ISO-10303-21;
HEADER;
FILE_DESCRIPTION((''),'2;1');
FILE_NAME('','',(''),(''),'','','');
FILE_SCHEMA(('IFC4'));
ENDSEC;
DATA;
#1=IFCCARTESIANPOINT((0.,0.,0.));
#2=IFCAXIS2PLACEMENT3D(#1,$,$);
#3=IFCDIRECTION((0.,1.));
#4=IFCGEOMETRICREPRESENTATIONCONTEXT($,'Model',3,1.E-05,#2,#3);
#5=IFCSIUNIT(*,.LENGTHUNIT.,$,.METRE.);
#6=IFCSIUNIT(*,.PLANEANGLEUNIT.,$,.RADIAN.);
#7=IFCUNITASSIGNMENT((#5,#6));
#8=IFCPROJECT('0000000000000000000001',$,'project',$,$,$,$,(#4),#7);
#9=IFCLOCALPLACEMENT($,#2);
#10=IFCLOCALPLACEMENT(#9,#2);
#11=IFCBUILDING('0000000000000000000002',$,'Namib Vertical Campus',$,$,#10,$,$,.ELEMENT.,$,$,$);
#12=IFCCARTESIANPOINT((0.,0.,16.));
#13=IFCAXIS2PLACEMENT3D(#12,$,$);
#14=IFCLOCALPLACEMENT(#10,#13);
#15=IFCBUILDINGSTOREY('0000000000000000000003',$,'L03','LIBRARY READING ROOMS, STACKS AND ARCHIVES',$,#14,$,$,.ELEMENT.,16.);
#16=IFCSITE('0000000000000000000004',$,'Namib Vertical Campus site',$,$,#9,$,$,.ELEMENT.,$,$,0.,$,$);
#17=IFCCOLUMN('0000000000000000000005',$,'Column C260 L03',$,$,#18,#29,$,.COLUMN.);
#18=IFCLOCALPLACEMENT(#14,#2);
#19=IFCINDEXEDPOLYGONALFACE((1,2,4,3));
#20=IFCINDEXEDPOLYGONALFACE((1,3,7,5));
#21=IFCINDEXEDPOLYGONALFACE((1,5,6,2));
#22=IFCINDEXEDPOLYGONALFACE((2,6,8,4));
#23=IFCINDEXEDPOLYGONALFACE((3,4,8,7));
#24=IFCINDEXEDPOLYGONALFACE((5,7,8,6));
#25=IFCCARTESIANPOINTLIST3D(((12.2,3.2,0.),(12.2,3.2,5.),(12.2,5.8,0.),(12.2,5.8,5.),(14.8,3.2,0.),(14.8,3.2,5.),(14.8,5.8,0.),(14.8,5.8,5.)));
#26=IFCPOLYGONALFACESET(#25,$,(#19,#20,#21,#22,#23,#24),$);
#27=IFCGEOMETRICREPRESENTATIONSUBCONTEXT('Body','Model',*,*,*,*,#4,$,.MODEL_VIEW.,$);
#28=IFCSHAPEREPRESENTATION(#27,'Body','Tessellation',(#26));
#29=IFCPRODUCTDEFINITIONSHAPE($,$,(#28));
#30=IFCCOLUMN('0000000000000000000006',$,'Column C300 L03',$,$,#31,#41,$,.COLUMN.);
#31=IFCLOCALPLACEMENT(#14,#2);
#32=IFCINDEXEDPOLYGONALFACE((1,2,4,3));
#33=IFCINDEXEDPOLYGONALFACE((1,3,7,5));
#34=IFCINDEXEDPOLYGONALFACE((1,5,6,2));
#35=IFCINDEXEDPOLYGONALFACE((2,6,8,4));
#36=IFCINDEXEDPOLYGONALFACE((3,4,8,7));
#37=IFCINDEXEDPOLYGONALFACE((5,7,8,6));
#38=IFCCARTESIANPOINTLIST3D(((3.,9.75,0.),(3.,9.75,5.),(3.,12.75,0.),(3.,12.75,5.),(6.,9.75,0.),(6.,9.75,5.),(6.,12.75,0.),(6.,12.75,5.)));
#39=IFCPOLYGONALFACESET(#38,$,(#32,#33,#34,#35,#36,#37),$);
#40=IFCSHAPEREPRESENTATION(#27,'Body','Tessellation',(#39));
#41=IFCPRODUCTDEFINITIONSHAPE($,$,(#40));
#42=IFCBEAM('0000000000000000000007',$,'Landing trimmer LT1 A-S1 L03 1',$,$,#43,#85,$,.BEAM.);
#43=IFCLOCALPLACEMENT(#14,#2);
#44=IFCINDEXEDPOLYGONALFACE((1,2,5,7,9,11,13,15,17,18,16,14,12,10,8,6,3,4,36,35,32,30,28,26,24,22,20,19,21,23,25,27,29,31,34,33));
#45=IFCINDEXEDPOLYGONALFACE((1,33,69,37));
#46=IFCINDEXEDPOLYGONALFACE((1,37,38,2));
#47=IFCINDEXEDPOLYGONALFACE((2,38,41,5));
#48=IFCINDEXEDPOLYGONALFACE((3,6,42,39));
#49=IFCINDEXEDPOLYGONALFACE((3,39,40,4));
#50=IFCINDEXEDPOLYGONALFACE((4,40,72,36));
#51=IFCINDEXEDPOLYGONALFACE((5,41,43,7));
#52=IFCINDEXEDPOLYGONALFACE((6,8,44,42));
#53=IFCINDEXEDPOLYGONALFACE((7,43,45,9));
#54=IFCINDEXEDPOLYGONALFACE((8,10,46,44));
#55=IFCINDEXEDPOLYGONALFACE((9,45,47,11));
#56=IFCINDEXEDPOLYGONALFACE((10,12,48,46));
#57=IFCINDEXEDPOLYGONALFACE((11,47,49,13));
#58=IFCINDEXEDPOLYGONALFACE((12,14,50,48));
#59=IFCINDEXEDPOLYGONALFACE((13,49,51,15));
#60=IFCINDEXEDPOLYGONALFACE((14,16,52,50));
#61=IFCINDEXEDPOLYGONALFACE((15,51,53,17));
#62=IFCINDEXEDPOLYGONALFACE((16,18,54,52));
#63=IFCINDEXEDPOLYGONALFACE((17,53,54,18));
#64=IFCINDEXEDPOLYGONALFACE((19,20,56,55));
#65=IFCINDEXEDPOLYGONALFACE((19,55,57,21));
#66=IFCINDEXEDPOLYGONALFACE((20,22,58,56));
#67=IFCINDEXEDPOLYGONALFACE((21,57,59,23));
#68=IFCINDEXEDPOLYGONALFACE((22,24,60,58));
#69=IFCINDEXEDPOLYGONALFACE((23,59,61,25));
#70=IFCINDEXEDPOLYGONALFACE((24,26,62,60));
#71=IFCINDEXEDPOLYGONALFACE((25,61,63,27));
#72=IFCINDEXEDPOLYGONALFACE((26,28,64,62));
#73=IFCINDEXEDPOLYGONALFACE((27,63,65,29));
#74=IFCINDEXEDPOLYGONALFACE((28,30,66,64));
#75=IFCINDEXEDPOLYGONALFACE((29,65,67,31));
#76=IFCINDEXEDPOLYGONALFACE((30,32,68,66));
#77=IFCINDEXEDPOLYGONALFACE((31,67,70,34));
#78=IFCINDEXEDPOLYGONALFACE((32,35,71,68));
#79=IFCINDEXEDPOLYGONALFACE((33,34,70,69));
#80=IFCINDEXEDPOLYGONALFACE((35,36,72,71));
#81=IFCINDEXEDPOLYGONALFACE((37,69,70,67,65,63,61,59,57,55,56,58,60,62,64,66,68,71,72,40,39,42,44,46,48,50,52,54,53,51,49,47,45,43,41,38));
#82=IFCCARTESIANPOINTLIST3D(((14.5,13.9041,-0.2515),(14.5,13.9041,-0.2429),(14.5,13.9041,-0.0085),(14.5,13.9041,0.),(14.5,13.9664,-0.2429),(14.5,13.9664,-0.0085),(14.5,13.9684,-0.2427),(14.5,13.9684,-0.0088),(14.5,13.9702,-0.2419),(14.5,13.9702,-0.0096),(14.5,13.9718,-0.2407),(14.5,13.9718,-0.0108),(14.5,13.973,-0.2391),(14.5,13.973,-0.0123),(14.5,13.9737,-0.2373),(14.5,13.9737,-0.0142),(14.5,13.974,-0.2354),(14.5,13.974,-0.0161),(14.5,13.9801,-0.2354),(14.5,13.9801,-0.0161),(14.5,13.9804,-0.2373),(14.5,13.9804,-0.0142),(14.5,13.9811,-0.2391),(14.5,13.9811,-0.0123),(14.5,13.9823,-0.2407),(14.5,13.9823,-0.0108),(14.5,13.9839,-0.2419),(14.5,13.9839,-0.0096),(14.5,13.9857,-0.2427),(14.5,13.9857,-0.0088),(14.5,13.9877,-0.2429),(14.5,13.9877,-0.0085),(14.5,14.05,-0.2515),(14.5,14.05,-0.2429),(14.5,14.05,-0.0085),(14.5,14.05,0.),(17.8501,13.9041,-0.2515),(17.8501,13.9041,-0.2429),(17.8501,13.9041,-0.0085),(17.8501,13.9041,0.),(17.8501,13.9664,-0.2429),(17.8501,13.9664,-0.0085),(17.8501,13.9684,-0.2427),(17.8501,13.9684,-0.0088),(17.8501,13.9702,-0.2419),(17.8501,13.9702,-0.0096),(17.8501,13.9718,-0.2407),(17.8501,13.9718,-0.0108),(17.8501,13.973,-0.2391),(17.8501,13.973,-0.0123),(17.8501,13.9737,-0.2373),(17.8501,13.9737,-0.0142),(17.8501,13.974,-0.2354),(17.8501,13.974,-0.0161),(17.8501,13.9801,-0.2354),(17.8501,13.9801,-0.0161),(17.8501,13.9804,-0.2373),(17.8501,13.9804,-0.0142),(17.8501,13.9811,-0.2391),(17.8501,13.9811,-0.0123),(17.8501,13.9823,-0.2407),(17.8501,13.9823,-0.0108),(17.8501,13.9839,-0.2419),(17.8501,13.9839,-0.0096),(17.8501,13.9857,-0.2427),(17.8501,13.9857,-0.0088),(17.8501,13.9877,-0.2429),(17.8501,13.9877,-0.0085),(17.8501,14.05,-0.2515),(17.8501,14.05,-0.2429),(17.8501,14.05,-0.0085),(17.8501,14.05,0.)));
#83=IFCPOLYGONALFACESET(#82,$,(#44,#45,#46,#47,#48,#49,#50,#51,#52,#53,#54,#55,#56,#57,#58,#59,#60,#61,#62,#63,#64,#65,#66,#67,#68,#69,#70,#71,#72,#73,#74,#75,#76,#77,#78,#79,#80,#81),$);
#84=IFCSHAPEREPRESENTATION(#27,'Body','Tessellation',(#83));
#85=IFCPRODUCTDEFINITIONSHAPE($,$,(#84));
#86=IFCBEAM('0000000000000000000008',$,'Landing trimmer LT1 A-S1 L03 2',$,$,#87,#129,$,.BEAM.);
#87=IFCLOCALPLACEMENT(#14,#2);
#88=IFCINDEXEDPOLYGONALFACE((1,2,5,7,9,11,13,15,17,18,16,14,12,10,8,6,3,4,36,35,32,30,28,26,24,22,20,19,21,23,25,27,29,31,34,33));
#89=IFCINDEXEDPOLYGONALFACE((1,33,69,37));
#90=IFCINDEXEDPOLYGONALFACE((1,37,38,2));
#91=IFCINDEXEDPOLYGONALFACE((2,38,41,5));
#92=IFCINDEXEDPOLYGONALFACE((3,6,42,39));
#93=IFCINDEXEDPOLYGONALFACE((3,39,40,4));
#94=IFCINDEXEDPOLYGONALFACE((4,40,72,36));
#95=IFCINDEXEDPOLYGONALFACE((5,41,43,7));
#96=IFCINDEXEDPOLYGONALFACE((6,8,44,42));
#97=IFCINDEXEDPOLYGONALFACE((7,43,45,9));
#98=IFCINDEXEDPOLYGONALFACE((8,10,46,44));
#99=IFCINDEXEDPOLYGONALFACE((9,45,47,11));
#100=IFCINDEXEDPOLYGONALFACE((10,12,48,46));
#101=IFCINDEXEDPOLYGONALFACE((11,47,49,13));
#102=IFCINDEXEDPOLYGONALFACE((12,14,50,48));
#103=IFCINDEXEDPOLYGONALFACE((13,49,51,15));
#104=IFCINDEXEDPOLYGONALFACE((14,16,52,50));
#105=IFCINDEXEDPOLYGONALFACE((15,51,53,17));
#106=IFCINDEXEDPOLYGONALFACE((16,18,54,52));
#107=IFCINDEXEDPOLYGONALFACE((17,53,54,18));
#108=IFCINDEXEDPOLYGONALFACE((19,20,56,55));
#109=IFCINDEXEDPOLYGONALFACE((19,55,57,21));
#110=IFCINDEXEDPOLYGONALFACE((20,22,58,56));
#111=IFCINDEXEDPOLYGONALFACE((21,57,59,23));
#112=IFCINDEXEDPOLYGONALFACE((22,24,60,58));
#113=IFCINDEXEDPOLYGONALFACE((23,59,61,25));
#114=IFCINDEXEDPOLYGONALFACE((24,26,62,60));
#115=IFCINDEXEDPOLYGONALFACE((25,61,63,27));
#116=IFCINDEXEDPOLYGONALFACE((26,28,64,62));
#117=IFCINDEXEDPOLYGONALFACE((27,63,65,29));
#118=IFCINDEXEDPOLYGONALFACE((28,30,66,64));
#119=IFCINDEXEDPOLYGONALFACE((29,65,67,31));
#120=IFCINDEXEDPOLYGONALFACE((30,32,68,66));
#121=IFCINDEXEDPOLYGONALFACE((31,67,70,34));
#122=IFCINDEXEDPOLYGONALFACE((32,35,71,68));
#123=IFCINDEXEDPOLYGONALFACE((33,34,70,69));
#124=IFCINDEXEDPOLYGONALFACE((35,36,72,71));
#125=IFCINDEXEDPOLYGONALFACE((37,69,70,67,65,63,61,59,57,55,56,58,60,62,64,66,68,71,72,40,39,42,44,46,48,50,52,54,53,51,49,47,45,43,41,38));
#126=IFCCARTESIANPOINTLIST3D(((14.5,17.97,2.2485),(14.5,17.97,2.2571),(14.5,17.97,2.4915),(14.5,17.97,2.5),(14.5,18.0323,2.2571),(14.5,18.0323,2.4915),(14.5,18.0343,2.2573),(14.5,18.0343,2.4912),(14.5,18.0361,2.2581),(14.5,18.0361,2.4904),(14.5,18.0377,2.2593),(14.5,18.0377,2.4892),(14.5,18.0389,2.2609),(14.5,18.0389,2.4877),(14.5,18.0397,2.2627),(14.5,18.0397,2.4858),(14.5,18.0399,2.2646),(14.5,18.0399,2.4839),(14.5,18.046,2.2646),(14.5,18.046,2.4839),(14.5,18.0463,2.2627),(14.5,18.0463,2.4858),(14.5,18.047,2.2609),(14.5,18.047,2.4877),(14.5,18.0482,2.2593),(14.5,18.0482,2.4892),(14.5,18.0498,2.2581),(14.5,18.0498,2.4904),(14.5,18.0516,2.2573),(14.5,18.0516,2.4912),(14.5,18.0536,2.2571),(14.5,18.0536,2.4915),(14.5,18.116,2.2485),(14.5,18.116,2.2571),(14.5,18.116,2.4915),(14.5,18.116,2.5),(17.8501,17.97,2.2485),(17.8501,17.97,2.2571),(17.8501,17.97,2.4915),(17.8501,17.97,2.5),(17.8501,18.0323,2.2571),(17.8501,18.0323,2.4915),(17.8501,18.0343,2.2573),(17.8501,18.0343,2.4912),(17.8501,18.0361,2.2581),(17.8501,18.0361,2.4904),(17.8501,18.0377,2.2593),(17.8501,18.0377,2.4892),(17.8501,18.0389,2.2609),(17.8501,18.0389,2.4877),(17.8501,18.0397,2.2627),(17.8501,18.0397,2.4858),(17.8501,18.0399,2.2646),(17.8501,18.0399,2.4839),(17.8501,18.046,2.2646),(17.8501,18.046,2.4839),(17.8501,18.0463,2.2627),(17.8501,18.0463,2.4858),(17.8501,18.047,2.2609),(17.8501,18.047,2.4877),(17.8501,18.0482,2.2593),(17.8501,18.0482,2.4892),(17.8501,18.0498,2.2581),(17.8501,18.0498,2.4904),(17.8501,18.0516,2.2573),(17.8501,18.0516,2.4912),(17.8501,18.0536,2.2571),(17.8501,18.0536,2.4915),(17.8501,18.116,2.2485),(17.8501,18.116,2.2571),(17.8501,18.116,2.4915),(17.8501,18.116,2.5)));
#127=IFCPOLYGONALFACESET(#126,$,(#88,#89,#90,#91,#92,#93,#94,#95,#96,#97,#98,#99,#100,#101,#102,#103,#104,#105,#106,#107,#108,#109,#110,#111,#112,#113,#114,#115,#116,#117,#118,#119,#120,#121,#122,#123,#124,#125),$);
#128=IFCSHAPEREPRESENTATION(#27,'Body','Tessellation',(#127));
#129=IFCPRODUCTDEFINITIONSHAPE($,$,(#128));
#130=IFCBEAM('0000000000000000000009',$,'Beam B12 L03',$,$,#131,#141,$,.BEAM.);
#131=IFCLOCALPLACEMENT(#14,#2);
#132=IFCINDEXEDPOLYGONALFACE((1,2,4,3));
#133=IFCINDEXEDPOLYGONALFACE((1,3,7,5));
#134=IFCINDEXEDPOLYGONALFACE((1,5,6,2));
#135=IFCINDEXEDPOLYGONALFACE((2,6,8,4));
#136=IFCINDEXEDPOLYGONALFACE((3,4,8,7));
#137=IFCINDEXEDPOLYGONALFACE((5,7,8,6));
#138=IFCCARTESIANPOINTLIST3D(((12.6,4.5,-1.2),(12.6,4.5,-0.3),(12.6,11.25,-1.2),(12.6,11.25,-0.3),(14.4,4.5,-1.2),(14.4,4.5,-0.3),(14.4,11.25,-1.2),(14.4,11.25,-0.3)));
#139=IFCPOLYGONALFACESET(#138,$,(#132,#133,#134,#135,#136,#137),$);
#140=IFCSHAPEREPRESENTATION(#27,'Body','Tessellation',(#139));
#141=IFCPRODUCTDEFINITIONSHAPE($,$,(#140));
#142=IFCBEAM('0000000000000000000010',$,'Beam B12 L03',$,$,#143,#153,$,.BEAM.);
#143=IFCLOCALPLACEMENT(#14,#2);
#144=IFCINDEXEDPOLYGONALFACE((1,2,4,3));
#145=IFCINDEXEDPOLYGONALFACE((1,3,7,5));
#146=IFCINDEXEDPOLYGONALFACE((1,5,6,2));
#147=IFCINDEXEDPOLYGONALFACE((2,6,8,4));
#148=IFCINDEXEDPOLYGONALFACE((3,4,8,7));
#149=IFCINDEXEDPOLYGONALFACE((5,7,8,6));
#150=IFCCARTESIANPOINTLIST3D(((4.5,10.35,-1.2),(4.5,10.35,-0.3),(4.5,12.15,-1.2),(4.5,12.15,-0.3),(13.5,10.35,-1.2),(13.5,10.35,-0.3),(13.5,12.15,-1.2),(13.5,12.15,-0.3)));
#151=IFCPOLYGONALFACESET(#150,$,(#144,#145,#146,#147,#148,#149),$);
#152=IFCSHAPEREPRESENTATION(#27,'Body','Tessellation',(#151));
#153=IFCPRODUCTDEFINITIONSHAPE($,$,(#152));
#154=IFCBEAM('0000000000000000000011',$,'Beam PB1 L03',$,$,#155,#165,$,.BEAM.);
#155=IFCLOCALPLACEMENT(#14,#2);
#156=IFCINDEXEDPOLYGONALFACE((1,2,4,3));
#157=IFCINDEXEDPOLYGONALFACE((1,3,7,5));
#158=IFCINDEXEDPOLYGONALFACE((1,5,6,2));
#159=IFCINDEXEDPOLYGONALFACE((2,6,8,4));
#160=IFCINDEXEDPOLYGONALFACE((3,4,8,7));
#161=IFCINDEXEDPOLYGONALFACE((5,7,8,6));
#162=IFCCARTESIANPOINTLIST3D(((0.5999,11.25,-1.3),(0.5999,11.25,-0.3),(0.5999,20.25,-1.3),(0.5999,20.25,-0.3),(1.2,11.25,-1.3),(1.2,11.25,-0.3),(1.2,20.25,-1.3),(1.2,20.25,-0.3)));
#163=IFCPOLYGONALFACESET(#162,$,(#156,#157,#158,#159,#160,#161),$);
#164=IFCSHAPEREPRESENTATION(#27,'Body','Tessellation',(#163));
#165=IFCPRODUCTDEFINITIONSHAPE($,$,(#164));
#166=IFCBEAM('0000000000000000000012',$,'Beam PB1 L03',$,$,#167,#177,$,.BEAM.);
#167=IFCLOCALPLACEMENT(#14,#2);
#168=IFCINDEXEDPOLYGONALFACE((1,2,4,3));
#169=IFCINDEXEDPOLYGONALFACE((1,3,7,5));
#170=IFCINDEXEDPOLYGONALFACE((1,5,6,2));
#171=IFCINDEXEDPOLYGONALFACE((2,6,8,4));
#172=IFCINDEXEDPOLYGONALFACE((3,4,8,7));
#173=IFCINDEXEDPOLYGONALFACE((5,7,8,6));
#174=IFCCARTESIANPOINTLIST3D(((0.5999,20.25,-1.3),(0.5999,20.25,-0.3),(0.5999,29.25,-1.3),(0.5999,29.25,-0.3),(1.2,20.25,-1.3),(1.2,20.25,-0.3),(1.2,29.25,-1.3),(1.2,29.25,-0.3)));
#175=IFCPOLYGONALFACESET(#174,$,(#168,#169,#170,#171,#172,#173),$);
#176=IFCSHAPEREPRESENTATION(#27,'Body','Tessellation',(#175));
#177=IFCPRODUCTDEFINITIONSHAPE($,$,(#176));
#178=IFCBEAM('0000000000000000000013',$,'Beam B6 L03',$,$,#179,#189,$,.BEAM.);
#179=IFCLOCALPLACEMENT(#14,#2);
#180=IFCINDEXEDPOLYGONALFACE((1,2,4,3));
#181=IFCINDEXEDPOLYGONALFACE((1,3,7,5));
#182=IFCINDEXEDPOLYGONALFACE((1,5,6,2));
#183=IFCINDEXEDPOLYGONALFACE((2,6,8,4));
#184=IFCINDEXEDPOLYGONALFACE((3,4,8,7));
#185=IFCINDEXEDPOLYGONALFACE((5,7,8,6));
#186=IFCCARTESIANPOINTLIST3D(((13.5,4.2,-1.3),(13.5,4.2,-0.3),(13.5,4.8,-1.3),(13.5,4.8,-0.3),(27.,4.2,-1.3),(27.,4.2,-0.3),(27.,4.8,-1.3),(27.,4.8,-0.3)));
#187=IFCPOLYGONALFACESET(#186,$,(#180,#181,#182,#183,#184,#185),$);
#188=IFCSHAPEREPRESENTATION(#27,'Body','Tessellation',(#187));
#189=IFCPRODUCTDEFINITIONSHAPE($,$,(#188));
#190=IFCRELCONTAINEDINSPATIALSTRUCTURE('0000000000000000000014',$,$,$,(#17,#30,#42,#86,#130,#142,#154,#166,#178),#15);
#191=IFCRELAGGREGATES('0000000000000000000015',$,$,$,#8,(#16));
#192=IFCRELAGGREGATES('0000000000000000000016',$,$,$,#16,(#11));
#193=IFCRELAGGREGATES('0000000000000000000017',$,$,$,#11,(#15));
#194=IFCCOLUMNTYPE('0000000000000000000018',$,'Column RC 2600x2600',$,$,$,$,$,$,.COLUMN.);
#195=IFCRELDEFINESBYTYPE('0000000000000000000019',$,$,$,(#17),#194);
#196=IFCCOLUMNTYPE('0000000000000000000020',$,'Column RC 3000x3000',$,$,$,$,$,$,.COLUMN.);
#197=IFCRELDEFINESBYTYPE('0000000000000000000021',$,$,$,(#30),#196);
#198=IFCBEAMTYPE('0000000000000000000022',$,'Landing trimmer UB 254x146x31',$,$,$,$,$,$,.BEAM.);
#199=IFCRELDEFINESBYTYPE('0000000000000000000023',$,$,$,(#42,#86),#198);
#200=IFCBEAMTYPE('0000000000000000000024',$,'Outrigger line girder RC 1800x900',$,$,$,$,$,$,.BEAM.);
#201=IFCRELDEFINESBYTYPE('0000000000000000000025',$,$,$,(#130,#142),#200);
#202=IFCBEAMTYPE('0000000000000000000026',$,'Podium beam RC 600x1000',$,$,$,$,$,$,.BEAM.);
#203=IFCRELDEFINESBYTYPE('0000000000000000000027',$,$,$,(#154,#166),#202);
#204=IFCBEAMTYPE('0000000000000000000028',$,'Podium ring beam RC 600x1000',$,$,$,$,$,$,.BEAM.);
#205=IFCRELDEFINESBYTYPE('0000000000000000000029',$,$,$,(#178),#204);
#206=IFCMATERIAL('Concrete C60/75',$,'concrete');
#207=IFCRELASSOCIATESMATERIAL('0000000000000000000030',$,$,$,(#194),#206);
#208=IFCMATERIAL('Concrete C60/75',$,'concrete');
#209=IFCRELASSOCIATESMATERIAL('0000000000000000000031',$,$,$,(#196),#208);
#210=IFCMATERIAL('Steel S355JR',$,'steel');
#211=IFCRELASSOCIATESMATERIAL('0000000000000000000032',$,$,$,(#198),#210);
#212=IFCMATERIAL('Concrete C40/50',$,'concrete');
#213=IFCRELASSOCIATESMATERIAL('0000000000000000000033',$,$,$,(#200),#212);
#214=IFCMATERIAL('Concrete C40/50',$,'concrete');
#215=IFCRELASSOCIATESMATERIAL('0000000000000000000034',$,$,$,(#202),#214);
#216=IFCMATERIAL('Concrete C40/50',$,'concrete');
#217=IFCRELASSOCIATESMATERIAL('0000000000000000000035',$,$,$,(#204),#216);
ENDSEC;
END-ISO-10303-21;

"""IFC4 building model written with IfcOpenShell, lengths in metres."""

from ifc_helpers import new_model, si_unit, direction, frame, origin, origin_2d, place, context, subcontext, project, spatial, rectangle, i_section, extrude, material, material_profile, profile_set, type_object, element, save


model = new_model("IFC4")

# Units and contexts
model_context = context("Model", 3, precision=1e-05, world=origin(), true_north=direction((0.0, 1.0)))
body_context = subcontext(model_context, "Body", "Model", "MODEL_VIEW")
ifc_project = project(units=[si_unit("LENGTHUNIT", "METRE"), si_unit("PLANEANGLEUNIT", "RADIAN")], contexts=[model_context])

# Site, building, storey
site_placement = place(None, origin())
site = spatial("IfcSite", under=ifc_project, at=site_placement, Name="Namib Vertical Campus site", CompositionType="ELEMENT", RefElevation=0.0)
building_placement = place(site_placement, origin())
building = spatial("IfcBuilding", under=site, at=building_placement, Name="Namib Vertical Campus", CompositionType="ELEMENT")
storey_placement = place(building_placement, frame((0.0, 0.0, 16.0)))
storey = spatial("IfcBuildingStorey", under=building, at=storey_placement, Name="L03", Description="LIBRARY READING ROOMS, STACKS AND ARCHIVES", CompositionType="ELEMENT", Elevation=16.0)

# Columns
ifc_material_1 = material(Name="Concrete C60/75", Category="concrete")
ifc_material_profile_1 = material_profile(ifc_material_1, rectangle(XDim=2.6001, YDim=2.6001, at=origin_2d()))
ifc_profile_set_1 = profile_set([ifc_material_profile_1], Name="Concrete C60/75")
column_type_1 = type_object("IfcColumnType", Name="Column RC 2600x2600", PredefinedType="COLUMN", material=ifc_profile_set_1)
column_1_placement = place(storey_placement, frame((13.5, 4.5, 0.0), z_axis=(0.0, 0.0, 1.0), x_axis=(1.0, 0.0, 0.0)))
element("IfcColumn", 1, at=column_1_placement, inside=storey, type_object=column_type_1, Name="Column C260 L03", PredefinedType="COLUMN", context=body_context, shape_type="SweptSolid", body=[
    extrude(rectangle(XDim=2.6001, YDim=2.6001, at=origin_2d()), origin(), (0.0, 0.0, 1.0), 5.0),
])
ifc_material_2 = material(Name="Concrete C60/75", Category="concrete")
ifc_material_profile_2 = material_profile(ifc_material_2, rectangle(XDim=3.0, YDim=3.0, at=origin_2d()))
ifc_profile_set_2 = profile_set([ifc_material_profile_2], Name="Concrete C60/75")
column_type_2 = type_object("IfcColumnType", Name="Column RC 3000x3000", PredefinedType="COLUMN", material=ifc_profile_set_2)
column_2_placement = place(storey_placement, frame((4.5, 11.25, 0.0), z_axis=(0.0, 0.0, 1.0), x_axis=(1.0, 0.0, 0.0)))
element("IfcColumn", 2, at=column_2_placement, inside=storey, type_object=column_type_2, Name="Column C300 L03", PredefinedType="COLUMN", context=body_context, shape_type="SweptSolid", body=[
    extrude(rectangle(XDim=3.0, YDim=3.0, at=origin_2d()), origin(), (0.0, 0.0, 1.0), 5.0),
])

# Beams
ifc_material_3 = material(Name="Steel S355JR", Category="steel")
ifc_material_profile_3 = material_profile(ifc_material_3, i_section(OverallWidth=0.146, OverallDepth=0.2515, WebThickness=0.0061, FlangeThickness=0.0085, FilletRadius=0.0076, at=origin_2d()))
ifc_profile_set_3 = profile_set([ifc_material_profile_3], Name="Steel S355JR")
beam_type_1 = type_object("IfcBeamType", Name="Landing trimmer UB 254x146x31", PredefinedType="BEAM", material=ifc_profile_set_3)
for number, where, z_axis, x_axis, name in (
    (3, (14.5, 13.9771, -0.1257), (1.0, 0.0, 0.0), (0.0, 1.0, 0.0), "Landing trimmer LT1 A-S1 L03 1"),
    (4, (14.5, 18.043, 2.3743), (1.0, 0.0, 0.0), (0.0, 1.0, 0.0), "Landing trimmer LT1 A-S1 L03 2"),
):
    element("IfcBeam", number, at=place(storey_placement, frame(where, z_axis=z_axis, x_axis=x_axis)), inside=storey, type_object=beam_type_1, Name=name, PredefinedType="BEAM", context=body_context, shape_type="SweptSolid", body=[
        extrude(i_section(OverallWidth=0.146, OverallDepth=0.2515, WebThickness=0.0061, FlangeThickness=0.0085, FilletRadius=0.0076, at=origin_2d()), origin(), (0.0, 0.0, 1.0), 3.3501),
    ])
ifc_material_4 = material(Name="Concrete C40/50", Category="concrete")
ifc_material_profile_4 = material_profile(ifc_material_4, rectangle(XDim=1.8, YDim=0.8999, at=origin_2d()))
ifc_profile_set_4 = profile_set([ifc_material_profile_4], Name="Concrete C40/50")
beam_type_2 = type_object("IfcBeamType", Name="Outrigger line girder RC 1800x900", PredefinedType="BEAM", material=ifc_profile_set_4)
beam_1_placement = place(storey_placement, frame((13.5, 4.5, -0.75), z_axis=(0.0, 1.0, 0.0), x_axis=(-1.0, 0.0, 0.0)))
element("IfcBeam", 5, at=beam_1_placement, inside=storey, type_object=beam_type_2, Name="Beam B12 L03", PredefinedType="BEAM", context=body_context, shape_type="SweptSolid", body=[
    extrude(rectangle(XDim=1.8, YDim=0.8999, at=origin_2d()), origin(), (0.0, 0.0, 1.0), 6.75),
])
beam_2_placement = place(storey_placement, frame((4.5, 11.25, -0.75), z_axis=(1.0, 0.0, 0.0), x_axis=(0.0, 1.0, 0.0)))
element("IfcBeam", 6, at=beam_2_placement, inside=storey, type_object=beam_type_2, Name="Beam B12 L03", PredefinedType="BEAM", context=body_context, shape_type="SweptSolid", body=[
    extrude(rectangle(XDim=1.8, YDim=0.8999, at=origin_2d()), origin(), (0.0, 0.0, 1.0), 9.0),
])
ifc_material_5 = material(Name="Concrete C40/50", Category="concrete")
ifc_material_profile_5 = material_profile(ifc_material_5, rectangle(XDim=0.6001, YDim=1.0, at=origin_2d()))
ifc_profile_set_5 = profile_set([ifc_material_profile_5], Name="Concrete C40/50")
beam_type_3 = type_object("IfcBeamType", Name="Podium beam RC 600x1000", PredefinedType="BEAM", material=ifc_profile_set_5)
for number, where, z_axis, x_axis, name in (
    (7, (0.8999, 11.25, -0.8), (0.0, 1.0, 0.0), (-1.0, 0.0, 0.0), "Beam PB1 L03"),
    (8, (0.8999, 20.25, -0.8), (0.0, 1.0, 0.0), (-1.0, 0.0, 0.0), "Beam PB1 L03"),
):
    element("IfcBeam", number, at=place(storey_placement, frame(where, z_axis=z_axis, x_axis=x_axis)), inside=storey, type_object=beam_type_3, Name=name, PredefinedType="BEAM", context=body_context, shape_type="SweptSolid", body=[
        extrude(rectangle(XDim=0.6001, YDim=1.0, at=origin_2d()), origin(), (0.0, 0.0, 1.0), 9.0),
    ])
ifc_material_6 = material(Name="Concrete C40/50", Category="concrete")
ifc_material_profile_6 = material_profile(ifc_material_6, rectangle(XDim=0.6001, YDim=1.0, at=origin_2d()))
ifc_profile_set_6 = profile_set([ifc_material_profile_6], Name="Concrete C40/50")
beam_type_4 = type_object("IfcBeamType", Name="Podium ring beam RC 600x1000", PredefinedType="BEAM", material=ifc_profile_set_6)
beam_3_placement = place(storey_placement, frame((13.5, 4.5, -0.8), z_axis=(1.0, 0.0, 0.0), x_axis=(0.0, 1.0, 0.0)))
element("IfcBeam", 9, at=beam_3_placement, inside=storey, type_object=beam_type_4, Name="Beam B6 L03", PredefinedType="BEAM", context=body_context, shape_type="SweptSolid", body=[
    extrude(rectangle(XDim=0.6001, YDim=1.0, at=origin_2d()), origin(), (0.0, 0.0, 1.0), 13.5),
])

save(model, "model.ifc")
